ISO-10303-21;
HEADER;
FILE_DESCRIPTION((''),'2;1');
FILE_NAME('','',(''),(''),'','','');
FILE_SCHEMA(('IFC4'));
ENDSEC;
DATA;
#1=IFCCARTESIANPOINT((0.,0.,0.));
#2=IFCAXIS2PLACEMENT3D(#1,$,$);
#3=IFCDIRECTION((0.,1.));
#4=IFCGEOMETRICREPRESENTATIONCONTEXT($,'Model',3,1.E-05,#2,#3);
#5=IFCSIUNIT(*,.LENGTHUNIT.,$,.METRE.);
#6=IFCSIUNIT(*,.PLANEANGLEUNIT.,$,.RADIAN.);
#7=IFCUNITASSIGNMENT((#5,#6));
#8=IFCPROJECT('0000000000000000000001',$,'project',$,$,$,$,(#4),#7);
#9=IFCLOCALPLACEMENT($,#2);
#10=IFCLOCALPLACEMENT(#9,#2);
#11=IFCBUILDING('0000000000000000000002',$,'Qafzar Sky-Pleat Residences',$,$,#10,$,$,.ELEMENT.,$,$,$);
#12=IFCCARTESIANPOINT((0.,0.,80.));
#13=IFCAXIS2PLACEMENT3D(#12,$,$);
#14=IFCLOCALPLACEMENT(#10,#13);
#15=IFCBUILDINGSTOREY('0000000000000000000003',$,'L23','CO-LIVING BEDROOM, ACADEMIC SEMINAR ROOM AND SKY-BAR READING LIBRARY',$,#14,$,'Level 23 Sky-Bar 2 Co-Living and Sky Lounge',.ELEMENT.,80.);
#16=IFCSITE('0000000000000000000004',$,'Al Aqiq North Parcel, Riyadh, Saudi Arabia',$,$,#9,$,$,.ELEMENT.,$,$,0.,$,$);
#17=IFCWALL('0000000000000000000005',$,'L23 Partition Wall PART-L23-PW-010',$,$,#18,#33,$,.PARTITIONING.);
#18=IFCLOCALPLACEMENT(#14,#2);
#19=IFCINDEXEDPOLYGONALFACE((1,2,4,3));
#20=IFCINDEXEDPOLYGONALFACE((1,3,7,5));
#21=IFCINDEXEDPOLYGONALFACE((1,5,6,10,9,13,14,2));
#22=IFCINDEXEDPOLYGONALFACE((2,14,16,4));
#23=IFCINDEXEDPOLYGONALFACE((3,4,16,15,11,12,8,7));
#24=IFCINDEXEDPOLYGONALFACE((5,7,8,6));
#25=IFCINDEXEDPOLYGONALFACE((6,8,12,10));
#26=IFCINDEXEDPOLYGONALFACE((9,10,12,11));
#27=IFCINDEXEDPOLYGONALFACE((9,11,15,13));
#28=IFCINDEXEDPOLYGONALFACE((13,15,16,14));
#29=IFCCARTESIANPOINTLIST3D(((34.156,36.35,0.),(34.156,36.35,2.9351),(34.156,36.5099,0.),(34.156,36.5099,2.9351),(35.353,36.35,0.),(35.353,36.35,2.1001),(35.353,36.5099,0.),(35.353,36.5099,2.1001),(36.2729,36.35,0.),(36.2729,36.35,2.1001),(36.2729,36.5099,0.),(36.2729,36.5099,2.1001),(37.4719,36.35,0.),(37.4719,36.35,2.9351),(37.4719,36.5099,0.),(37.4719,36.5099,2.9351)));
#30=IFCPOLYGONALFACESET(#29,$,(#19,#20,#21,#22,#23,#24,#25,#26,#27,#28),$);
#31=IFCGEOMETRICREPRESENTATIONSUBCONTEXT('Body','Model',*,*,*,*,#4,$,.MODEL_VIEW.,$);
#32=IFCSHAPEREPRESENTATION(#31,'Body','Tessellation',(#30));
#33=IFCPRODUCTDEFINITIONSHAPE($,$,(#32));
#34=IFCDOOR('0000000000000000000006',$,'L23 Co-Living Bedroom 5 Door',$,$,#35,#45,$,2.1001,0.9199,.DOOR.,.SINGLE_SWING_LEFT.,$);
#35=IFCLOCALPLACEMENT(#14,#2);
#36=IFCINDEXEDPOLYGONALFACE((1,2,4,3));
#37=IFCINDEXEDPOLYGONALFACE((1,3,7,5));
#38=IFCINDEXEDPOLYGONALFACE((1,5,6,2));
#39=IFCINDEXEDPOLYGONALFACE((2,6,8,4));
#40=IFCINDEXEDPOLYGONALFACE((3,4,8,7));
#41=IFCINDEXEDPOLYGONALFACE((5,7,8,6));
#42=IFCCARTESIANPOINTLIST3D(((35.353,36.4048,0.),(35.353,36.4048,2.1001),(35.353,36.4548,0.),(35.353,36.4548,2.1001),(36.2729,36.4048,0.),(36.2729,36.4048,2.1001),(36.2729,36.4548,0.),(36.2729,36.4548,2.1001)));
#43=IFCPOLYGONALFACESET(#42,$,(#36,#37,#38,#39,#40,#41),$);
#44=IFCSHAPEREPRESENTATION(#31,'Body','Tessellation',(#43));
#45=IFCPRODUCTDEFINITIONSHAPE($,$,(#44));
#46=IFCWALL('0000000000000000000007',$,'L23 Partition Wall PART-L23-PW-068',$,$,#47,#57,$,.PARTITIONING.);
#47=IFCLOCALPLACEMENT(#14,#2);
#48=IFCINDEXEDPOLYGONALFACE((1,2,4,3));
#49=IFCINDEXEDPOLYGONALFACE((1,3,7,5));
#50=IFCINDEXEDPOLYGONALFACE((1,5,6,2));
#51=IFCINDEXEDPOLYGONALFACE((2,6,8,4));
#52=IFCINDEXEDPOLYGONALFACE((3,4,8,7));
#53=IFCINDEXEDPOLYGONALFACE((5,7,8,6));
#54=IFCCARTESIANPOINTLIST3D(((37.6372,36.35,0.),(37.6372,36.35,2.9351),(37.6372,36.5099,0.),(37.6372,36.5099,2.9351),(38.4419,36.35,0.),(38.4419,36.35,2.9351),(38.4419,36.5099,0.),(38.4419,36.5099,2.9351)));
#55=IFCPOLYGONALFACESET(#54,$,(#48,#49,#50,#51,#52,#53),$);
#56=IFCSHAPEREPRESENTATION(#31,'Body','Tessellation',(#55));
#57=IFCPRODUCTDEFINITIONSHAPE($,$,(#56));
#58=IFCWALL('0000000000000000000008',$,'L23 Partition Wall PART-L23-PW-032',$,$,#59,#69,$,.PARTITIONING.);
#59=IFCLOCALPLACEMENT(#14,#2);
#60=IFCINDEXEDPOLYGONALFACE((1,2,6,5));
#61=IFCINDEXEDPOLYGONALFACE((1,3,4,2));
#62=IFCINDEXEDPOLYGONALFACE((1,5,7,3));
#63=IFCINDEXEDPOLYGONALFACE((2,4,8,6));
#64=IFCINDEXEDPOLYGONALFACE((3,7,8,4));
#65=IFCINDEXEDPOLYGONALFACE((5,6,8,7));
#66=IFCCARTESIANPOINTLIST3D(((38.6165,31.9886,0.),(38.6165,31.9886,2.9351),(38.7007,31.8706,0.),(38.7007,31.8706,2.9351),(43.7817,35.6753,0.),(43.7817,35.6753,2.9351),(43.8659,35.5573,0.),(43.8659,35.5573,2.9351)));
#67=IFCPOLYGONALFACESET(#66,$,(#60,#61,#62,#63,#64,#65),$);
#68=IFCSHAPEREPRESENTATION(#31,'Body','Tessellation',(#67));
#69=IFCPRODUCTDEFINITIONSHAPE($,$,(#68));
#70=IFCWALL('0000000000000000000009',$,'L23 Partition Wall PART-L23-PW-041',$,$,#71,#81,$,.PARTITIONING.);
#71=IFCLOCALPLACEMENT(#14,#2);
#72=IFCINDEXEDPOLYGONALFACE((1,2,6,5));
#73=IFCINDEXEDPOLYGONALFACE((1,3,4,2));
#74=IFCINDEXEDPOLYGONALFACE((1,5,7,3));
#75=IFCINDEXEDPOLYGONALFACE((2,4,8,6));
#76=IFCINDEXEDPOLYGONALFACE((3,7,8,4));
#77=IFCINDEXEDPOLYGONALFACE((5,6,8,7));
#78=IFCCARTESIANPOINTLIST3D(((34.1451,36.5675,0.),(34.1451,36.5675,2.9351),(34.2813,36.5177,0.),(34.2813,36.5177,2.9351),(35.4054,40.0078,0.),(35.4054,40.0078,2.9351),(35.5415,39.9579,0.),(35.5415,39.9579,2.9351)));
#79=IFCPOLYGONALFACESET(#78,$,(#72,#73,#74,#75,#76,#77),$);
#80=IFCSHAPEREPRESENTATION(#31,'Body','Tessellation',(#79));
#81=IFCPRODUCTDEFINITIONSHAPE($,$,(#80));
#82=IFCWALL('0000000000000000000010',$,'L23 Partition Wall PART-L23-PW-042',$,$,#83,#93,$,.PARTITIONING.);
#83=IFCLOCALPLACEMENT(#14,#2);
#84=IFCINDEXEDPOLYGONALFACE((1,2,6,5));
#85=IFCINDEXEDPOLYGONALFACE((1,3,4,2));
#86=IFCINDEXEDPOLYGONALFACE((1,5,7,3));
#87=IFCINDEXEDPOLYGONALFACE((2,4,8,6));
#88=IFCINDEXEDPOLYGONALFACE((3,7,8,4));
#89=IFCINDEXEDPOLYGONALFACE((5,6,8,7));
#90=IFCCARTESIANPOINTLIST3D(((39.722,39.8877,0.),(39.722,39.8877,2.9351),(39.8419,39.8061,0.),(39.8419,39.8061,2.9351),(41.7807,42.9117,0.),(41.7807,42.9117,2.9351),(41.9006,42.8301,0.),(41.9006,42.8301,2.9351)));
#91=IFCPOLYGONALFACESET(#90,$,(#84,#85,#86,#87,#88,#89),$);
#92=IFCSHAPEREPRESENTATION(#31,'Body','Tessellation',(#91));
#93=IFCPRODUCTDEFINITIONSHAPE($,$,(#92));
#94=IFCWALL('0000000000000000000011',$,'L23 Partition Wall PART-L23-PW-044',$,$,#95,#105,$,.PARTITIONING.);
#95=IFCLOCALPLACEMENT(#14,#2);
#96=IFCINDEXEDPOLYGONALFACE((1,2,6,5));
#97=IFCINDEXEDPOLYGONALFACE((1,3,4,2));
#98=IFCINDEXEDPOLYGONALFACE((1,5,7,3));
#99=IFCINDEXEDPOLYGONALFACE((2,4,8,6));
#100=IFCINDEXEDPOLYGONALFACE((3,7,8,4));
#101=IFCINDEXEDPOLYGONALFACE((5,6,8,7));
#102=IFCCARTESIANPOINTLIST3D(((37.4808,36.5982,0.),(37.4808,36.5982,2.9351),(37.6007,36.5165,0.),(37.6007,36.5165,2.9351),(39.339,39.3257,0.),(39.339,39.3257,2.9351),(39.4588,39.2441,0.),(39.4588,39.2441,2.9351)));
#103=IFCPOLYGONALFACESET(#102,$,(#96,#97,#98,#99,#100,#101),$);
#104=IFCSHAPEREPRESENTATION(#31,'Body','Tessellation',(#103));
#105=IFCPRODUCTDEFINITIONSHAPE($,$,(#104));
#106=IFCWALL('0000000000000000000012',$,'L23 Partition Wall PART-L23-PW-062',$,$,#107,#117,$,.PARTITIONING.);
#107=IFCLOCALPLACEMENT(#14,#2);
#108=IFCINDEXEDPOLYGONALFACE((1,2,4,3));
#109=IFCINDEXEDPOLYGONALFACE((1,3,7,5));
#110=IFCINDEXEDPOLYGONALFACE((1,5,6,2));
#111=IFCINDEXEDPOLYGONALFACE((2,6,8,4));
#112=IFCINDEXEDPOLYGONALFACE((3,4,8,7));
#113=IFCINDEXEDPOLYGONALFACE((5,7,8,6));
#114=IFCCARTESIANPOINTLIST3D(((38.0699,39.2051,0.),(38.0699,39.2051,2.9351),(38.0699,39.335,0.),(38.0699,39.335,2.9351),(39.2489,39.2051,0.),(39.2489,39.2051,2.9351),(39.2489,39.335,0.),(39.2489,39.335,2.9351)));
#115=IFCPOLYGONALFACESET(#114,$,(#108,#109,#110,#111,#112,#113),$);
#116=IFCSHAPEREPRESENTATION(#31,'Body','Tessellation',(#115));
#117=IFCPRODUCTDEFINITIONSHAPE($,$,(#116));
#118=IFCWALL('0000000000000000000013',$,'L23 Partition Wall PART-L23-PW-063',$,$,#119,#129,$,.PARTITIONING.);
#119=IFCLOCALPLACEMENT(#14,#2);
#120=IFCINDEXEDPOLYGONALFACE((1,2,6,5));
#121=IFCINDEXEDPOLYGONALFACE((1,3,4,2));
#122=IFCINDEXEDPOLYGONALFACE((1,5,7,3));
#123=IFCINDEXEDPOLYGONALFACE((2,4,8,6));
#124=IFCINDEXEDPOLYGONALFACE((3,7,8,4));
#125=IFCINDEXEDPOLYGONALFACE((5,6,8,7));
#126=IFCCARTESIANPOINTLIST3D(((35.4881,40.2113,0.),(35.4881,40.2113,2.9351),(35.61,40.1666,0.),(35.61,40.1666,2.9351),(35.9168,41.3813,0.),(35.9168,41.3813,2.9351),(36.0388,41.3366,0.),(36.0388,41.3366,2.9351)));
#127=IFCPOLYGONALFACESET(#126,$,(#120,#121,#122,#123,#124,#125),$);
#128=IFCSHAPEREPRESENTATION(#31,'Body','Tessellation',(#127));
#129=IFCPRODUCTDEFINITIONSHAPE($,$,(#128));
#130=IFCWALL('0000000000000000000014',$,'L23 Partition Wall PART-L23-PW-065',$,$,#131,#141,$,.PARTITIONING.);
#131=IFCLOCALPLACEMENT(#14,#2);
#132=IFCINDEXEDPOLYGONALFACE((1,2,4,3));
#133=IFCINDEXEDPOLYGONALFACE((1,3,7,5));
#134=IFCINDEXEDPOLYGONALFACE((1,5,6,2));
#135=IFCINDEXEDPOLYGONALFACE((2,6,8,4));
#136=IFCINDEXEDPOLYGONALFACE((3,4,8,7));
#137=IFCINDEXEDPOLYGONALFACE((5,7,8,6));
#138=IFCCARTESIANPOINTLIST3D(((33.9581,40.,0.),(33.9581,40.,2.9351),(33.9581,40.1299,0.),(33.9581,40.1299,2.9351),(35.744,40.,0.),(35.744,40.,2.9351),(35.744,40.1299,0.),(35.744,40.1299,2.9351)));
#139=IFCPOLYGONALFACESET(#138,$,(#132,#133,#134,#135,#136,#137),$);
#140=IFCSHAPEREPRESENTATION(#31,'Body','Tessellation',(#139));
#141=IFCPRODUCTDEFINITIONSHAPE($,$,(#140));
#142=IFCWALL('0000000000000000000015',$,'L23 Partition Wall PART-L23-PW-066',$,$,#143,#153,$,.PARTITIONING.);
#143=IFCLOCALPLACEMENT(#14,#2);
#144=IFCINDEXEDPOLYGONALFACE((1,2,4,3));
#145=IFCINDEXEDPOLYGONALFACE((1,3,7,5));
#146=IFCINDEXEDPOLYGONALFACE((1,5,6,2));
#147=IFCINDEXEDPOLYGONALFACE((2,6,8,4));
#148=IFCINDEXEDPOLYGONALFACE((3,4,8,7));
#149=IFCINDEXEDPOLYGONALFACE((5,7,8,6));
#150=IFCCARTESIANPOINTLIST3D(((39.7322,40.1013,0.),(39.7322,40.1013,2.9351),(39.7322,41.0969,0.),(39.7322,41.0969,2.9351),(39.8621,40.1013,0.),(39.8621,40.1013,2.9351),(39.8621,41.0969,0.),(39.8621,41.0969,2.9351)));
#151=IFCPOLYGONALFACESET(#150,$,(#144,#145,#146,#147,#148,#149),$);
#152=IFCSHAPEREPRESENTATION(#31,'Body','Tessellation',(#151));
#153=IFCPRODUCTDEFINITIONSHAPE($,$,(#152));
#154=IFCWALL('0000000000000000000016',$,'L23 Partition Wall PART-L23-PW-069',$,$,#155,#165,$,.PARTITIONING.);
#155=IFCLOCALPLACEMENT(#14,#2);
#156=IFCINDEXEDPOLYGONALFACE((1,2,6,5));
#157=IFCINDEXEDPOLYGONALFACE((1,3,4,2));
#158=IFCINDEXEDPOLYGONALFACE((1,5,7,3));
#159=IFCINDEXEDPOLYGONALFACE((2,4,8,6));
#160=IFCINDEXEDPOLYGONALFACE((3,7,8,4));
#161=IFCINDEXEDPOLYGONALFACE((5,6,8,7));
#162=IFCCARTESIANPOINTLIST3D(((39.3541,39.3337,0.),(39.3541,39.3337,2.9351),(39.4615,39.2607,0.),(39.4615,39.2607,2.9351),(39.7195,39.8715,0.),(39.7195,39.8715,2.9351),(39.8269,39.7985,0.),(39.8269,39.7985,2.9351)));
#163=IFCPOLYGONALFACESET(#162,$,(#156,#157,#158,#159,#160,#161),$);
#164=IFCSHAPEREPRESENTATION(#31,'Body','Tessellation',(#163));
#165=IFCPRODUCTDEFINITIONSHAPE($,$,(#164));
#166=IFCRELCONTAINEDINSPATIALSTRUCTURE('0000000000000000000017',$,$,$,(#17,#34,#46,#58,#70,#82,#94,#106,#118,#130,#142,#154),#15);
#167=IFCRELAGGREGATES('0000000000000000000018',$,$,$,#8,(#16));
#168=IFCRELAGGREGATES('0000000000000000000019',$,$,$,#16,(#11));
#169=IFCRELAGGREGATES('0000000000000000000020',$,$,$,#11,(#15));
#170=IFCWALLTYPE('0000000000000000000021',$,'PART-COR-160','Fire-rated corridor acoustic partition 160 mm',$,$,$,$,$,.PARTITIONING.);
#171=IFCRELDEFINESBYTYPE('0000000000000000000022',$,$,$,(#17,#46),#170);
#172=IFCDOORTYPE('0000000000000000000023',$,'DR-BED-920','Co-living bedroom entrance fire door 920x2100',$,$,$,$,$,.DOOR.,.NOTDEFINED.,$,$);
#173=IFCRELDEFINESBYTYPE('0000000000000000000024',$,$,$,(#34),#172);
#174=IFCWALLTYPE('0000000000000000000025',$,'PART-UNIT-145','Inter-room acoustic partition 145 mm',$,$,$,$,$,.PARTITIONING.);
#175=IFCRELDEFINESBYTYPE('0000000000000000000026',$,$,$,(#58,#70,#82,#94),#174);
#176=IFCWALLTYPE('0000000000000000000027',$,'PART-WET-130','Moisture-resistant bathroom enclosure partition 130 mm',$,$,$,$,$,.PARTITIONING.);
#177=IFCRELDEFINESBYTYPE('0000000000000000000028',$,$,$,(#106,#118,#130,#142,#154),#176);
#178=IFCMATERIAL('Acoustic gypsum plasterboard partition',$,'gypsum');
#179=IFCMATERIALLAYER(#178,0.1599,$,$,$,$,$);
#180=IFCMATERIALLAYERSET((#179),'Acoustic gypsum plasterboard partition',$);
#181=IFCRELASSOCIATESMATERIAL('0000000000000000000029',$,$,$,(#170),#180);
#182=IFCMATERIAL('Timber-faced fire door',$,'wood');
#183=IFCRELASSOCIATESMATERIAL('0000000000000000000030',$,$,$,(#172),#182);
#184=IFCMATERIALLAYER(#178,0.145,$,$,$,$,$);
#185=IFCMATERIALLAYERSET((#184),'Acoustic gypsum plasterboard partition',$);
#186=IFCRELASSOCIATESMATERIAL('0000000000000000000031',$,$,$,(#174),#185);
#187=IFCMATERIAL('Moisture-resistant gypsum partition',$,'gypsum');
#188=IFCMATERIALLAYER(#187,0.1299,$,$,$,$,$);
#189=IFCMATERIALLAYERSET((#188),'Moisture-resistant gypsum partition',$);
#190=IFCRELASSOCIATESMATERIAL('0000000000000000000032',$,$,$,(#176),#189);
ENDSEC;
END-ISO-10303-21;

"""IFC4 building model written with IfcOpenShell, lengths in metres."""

from ifc_helpers import new_model, si_unit, direction, frame, frame_2d, origin, place, context, subcontext, project, spatial, rectangle, extrude, source, transform, mapped, material, layer, layer_set, type_object, element, fill, save


model = new_model("IFC4")

# Units and contexts
model_context = context("Model", 3, precision=1e-05, world=origin(), true_north=direction((0.0, 1.0)))
body_context = subcontext(model_context, "Body", "Model", "MODEL_VIEW")
ifc_project = project(units=[si_unit("LENGTHUNIT", "METRE"), si_unit("PLANEANGLEUNIT", "RADIAN")], contexts=[model_context])

# Site, building, storey
site_placement = place(None, origin())
site = spatial("IfcSite", under=ifc_project, at=site_placement, Name="Al Aqiq North Parcel, Riyadh, Saudi Arabia", CompositionType="ELEMENT", RefElevation=0.0)
building_placement = place(site_placement, origin())
building = spatial("IfcBuilding", under=site, at=building_placement, Name="Qafzar Sky-Pleat Residences", CompositionType="ELEMENT")
storey_placement = place(building_placement, frame((0.0, 0.0, 80.0)))
storey = spatial("IfcBuildingStorey", under=building, at=storey_placement, Name="L23", Description="CO-LIVING BEDROOM, ACADEMIC SEMINAR ROOM AND SKY-BAR READING LIBRARY", LongName="Level 23 Sky-Bar 2 Co-Living and Sky Lounge", CompositionType="ELEMENT", Elevation=80.0)

# Wall, opening, door
ifc_material_1 = material(Name="Acoustic gypsum plasterboard partition", Category="gypsum")
ifc_layer_1 = layer(ifc_material_1, 0.1599)
ifc_layer_set_1 = layer_set([ifc_layer_1], Name="Acoustic gypsum plasterboard partition")
wall_type_1 = type_object("IfcWallType", Name="PART-COR-160", Description="Fire-rated corridor acoustic partition 160 mm", PredefinedType="PARTITIONING", material=ifc_layer_set_1)
ifc_material_2 = material(Name="Timber-faced fire door", Category="wood")
wall_1_placement = place(storey_placement, frame((34.156, 36.4299, 0.0), z_axis=(0.0, 0.0, 1.0), x_axis=(1.0, 0.0, 0.0)))
wall_1 = element("IfcWall", 1, at=wall_1_placement, inside=storey, type_object=wall_type_1, Name="L23 Partition Wall PART-L23-PW-010", PredefinedType="PARTITIONING", context=body_context, shape_type="SweptSolid", body=[
    extrude(rectangle(XDim=3.3159, YDim=0.1599, at=frame_2d((1.658, 0.0))), origin(), (0.0, 0.0, 1.0), 2.9351),
])
opening_1_placement = place(wall_1_placement, frame((1.197, 0.0, 0.0)))
opening_1 = element("IfcOpeningElement", 2, at=opening_1_placement, cuts=wall_1, PredefinedType="OPENING", context=body_context, shape_type="SweptSolid", body=[
    extrude(rectangle(XDim=0.9199, YDim=2.1001, at=frame_2d((0.46, 1.05))), frame((0.0, 0.0898, 0.0), z_axis=(0.0, -1.0, 0.0), x_axis=(1.0, 0.0, 0.0)), (0.0, 0.0, 1.0), 0.1799),
])
door_type_1 = type_object("IfcDoorType", Name="DR-BED-920", Description="Co-living bedroom entrance fire door 920x2100", OperationType="NOTDEFINED", PredefinedType="DOOR", material=ifc_material_2)
shared_shape_1 = source(origin(), body_context, "Body", "SweptSolid", [
    extrude(rectangle(XDim=0.9199, YDim=2.1001, at=frame_2d((0.46, 1.05))), frame((0.0, 0.0249, 0.0), z_axis=(0.0, -1.0, 0.0), x_axis=(1.0, 0.0, 0.0)), (0.0, 0.0, 1.0), 0.05),
])
door_1_placement = place(opening_1_placement, origin())
door_1 = element("IfcDoor", 3, at=door_1_placement, inside=storey, type_object=door_type_1, Name="L23 Co-Living Bedroom 5 Door", OperationType="SINGLE_SWING_LEFT", OverallHeight=2.1001, OverallWidth=0.9199, PredefinedType="DOOR", context=body_context, shape_type="MappedRepresentation", body=[
    mapped(shared_shape_1, transform((0.0, 0.0, 0.0), x_axis=(1.0, 0.0, 0.0), y_axis=(0.0, 1.0, 0.0), z_axis=(0.0, 0.0, 1.0), scale=1.0)),
])
fill(opening_1, door_1)

# Walls
wall_2_placement = place(storey_placement, frame((37.6372, 36.4299, 0.0), z_axis=(0.0, 0.0, 1.0), x_axis=(1.0, 0.0, 0.0)))
element("IfcWall", 4, at=wall_2_placement, inside=storey, type_object=wall_type_1, Name="L23 Partition Wall PART-L23-PW-068", PredefinedType="PARTITIONING", context=body_context, shape_type="SweptSolid", body=[
    extrude(rectangle(XDim=0.8047, YDim=0.1599, at=frame_2d((0.4023, 0.0))), origin(), (0.0, 0.0, 1.0), 2.9351),
])
ifc_layer_2 = layer(ifc_material_1, 0.145)
ifc_layer_set_2 = layer_set([ifc_layer_2], Name="Acoustic gypsum plasterboard partition")
wall_type_2 = type_object("IfcWallType", Name="PART-UNIT-145", Description="Inter-room acoustic partition 145 mm", PredefinedType="PARTITIONING", material=ifc_layer_set_2)
wall_3_placement = place(storey_placement, frame((38.6587, 31.9297, 0.0), z_axis=(0.0, 0.0, 1.0), x_axis=(0.813936, 0.580954, 0.0)))
element("IfcWall", 5, at=wall_3_placement, inside=storey, type_object=wall_type_2, Name="L23 Partition Wall PART-L23-PW-032", PredefinedType="PARTITIONING", context=body_context, shape_type="SweptSolid", body=[
    extrude(rectangle(XDim=6.3459, YDim=0.145, at=frame_2d((3.1729, 0.0))), origin(), (0.0, 0.0, 1.0), 2.9351),
])
wall_4_placement = place(storey_placement, frame((34.2131, 36.5425, 0.0), z_axis=(0.0, 0.0, 1.0), x_axis=(0.343979, 0.938978, 0.0)))
element("IfcWall", 6, at=wall_4_placement, inside=storey, type_object=wall_type_2, Name="L23 Partition Wall PART-L23-PW-041", PredefinedType="PARTITIONING", context=body_context, shape_type="SweptSolid", body=[
    extrude(rectangle(XDim=3.6638, YDim=0.145, at=frame_2d((1.832, 0.0))), origin(), (0.0, 0.0, 1.0), 2.9351),
])
wall_5_placement = place(storey_placement, frame((39.782, 39.8469, 0.0), z_axis=(0.0, 0.0, 1.0), x_axis=(0.562744, 0.826631, 0.0)))
element("IfcWall", 7, at=wall_5_placement, inside=storey, type_object=wall_type_2, Name="L23 Partition Wall PART-L23-PW-042", PredefinedType="PARTITIONING", context=body_context, shape_type="SweptSolid", body=[
    extrude(rectangle(XDim=3.6582, YDim=0.145, at=frame_2d((1.8291, 0.0))), origin(), (0.0, 0.0, 1.0), 2.9351),
])
wall_6_placement = place(storey_placement, frame((37.5408, 36.5574, 0.0), z_axis=(0.0, 0.0, 1.0), x_axis=(0.56302, 0.826443, 0.0)))
element("IfcWall", 8, at=wall_6_placement, inside=storey, type_object=wall_type_2, Name="L23 Partition Wall PART-L23-PW-044", PredefinedType="PARTITIONING", context=body_context, shape_type="SweptSolid", body=[
    extrude(rectangle(XDim=3.3003, YDim=0.145, at=frame_2d((1.6501, 0.0))), origin(), (0.0, 0.0, 1.0), 2.9351),
])
ifc_material_3 = material(Name="Moisture-resistant gypsum partition", Category="gypsum")
ifc_layer_3 = layer(ifc_material_3, 0.1299)
ifc_layer_set_3 = layer_set([ifc_layer_3], Name="Moisture-resistant gypsum partition")
wall_type_3 = type_object("IfcWallType", Name="PART-WET-130", Description="Moisture-resistant bathroom enclosure partition 130 mm", PredefinedType="PARTITIONING", material=ifc_layer_set_3)
wall_7_placement = place(storey_placement, frame((38.0701, 39.27, 0.0), z_axis=(0.0, 0.0, 1.0), x_axis=(1.0, 0.0, 0.0)))
element("IfcWall", 9, at=wall_7_placement, inside=storey, type_object=wall_type_3, Name="L23 Partition Wall PART-L23-PW-062", PredefinedType="PARTITIONING", context=body_context, shape_type="SweptSolid", body=[
    extrude(rectangle(XDim=1.179, YDim=0.1299, at=frame_2d((0.5894, 0.0))), origin(), (0.0, 0.0, 1.0), 2.9351),
])
wall_8_placement = place(storey_placement, frame((35.5491, 40.189, 0.0), z_axis=(0.0, 0.0, 1.0), x_axis=(0.34407, 0.938944, 0.0)))
element("IfcWall", 10, at=wall_8_placement, inside=storey, type_object=wall_type_3, Name="L23 Partition Wall PART-L23-PW-063", PredefinedType="PARTITIONING", context=body_context, shape_type="SweptSolid", body=[
    extrude(rectangle(XDim=1.2461, YDim=0.1299, at=frame_2d((0.623, 0.0))), origin(), (0.0, 0.0, 1.0), 2.9351),
])
wall_9_placement = place(storey_placement, frame((33.958, 40.0649, 0.0), z_axis=(0.0, 0.0, 1.0), x_axis=(1.0, 0.0, 0.0)))
element("IfcWall", 11, at=wall_9_placement, inside=storey, type_object=wall_type_3, Name="L23 Partition Wall PART-L23-PW-065", PredefinedType="PARTITIONING", context=body_context, shape_type="SweptSolid", body=[
    extrude(rectangle(XDim=1.7859, YDim=0.1299, at=frame_2d((0.8931, 0.0))), origin(), (0.0, 0.0, 1.0), 2.9351),
])
wall_10_placement = place(storey_placement, frame((39.7971, 40.1013, 0.0), z_axis=(0.0, 0.0, 1.0), x_axis=(0.0, 1.0, 0.0)))
element("IfcWall", 12, at=wall_10_placement, inside=storey, type_object=wall_type_3, Name="L23 Partition Wall PART-L23-PW-066", PredefinedType="PARTITIONING", context=body_context, shape_type="SweptSolid", body=[
    extrude(rectangle(XDim=0.9956, YDim=0.1299, at=frame_2d((0.4978, 0.0))), origin(), (0.0, 0.0, 1.0), 2.9351),
])
wall_11_placement = place(storey_placement, frame((39.4077, 39.2971, 0.0), z_axis=(0.0, 0.0, 1.0), x_axis=(0.562043, 0.827108, 0.0)))
element("IfcWall", 13, at=wall_11_placement, inside=storey, type_object=wall_type_3, Name="L23 Partition Wall PART-L23-PW-069", PredefinedType="PARTITIONING", context=body_context, shape_type="SweptSolid", body=[
    extrude(rectangle(XDim=0.6501, YDim=0.1299, at=frame_2d((0.3252, 0.0))), origin(), (0.0, 0.0, 1.0), 2.9351),
])

save(model, "model.ifc")
